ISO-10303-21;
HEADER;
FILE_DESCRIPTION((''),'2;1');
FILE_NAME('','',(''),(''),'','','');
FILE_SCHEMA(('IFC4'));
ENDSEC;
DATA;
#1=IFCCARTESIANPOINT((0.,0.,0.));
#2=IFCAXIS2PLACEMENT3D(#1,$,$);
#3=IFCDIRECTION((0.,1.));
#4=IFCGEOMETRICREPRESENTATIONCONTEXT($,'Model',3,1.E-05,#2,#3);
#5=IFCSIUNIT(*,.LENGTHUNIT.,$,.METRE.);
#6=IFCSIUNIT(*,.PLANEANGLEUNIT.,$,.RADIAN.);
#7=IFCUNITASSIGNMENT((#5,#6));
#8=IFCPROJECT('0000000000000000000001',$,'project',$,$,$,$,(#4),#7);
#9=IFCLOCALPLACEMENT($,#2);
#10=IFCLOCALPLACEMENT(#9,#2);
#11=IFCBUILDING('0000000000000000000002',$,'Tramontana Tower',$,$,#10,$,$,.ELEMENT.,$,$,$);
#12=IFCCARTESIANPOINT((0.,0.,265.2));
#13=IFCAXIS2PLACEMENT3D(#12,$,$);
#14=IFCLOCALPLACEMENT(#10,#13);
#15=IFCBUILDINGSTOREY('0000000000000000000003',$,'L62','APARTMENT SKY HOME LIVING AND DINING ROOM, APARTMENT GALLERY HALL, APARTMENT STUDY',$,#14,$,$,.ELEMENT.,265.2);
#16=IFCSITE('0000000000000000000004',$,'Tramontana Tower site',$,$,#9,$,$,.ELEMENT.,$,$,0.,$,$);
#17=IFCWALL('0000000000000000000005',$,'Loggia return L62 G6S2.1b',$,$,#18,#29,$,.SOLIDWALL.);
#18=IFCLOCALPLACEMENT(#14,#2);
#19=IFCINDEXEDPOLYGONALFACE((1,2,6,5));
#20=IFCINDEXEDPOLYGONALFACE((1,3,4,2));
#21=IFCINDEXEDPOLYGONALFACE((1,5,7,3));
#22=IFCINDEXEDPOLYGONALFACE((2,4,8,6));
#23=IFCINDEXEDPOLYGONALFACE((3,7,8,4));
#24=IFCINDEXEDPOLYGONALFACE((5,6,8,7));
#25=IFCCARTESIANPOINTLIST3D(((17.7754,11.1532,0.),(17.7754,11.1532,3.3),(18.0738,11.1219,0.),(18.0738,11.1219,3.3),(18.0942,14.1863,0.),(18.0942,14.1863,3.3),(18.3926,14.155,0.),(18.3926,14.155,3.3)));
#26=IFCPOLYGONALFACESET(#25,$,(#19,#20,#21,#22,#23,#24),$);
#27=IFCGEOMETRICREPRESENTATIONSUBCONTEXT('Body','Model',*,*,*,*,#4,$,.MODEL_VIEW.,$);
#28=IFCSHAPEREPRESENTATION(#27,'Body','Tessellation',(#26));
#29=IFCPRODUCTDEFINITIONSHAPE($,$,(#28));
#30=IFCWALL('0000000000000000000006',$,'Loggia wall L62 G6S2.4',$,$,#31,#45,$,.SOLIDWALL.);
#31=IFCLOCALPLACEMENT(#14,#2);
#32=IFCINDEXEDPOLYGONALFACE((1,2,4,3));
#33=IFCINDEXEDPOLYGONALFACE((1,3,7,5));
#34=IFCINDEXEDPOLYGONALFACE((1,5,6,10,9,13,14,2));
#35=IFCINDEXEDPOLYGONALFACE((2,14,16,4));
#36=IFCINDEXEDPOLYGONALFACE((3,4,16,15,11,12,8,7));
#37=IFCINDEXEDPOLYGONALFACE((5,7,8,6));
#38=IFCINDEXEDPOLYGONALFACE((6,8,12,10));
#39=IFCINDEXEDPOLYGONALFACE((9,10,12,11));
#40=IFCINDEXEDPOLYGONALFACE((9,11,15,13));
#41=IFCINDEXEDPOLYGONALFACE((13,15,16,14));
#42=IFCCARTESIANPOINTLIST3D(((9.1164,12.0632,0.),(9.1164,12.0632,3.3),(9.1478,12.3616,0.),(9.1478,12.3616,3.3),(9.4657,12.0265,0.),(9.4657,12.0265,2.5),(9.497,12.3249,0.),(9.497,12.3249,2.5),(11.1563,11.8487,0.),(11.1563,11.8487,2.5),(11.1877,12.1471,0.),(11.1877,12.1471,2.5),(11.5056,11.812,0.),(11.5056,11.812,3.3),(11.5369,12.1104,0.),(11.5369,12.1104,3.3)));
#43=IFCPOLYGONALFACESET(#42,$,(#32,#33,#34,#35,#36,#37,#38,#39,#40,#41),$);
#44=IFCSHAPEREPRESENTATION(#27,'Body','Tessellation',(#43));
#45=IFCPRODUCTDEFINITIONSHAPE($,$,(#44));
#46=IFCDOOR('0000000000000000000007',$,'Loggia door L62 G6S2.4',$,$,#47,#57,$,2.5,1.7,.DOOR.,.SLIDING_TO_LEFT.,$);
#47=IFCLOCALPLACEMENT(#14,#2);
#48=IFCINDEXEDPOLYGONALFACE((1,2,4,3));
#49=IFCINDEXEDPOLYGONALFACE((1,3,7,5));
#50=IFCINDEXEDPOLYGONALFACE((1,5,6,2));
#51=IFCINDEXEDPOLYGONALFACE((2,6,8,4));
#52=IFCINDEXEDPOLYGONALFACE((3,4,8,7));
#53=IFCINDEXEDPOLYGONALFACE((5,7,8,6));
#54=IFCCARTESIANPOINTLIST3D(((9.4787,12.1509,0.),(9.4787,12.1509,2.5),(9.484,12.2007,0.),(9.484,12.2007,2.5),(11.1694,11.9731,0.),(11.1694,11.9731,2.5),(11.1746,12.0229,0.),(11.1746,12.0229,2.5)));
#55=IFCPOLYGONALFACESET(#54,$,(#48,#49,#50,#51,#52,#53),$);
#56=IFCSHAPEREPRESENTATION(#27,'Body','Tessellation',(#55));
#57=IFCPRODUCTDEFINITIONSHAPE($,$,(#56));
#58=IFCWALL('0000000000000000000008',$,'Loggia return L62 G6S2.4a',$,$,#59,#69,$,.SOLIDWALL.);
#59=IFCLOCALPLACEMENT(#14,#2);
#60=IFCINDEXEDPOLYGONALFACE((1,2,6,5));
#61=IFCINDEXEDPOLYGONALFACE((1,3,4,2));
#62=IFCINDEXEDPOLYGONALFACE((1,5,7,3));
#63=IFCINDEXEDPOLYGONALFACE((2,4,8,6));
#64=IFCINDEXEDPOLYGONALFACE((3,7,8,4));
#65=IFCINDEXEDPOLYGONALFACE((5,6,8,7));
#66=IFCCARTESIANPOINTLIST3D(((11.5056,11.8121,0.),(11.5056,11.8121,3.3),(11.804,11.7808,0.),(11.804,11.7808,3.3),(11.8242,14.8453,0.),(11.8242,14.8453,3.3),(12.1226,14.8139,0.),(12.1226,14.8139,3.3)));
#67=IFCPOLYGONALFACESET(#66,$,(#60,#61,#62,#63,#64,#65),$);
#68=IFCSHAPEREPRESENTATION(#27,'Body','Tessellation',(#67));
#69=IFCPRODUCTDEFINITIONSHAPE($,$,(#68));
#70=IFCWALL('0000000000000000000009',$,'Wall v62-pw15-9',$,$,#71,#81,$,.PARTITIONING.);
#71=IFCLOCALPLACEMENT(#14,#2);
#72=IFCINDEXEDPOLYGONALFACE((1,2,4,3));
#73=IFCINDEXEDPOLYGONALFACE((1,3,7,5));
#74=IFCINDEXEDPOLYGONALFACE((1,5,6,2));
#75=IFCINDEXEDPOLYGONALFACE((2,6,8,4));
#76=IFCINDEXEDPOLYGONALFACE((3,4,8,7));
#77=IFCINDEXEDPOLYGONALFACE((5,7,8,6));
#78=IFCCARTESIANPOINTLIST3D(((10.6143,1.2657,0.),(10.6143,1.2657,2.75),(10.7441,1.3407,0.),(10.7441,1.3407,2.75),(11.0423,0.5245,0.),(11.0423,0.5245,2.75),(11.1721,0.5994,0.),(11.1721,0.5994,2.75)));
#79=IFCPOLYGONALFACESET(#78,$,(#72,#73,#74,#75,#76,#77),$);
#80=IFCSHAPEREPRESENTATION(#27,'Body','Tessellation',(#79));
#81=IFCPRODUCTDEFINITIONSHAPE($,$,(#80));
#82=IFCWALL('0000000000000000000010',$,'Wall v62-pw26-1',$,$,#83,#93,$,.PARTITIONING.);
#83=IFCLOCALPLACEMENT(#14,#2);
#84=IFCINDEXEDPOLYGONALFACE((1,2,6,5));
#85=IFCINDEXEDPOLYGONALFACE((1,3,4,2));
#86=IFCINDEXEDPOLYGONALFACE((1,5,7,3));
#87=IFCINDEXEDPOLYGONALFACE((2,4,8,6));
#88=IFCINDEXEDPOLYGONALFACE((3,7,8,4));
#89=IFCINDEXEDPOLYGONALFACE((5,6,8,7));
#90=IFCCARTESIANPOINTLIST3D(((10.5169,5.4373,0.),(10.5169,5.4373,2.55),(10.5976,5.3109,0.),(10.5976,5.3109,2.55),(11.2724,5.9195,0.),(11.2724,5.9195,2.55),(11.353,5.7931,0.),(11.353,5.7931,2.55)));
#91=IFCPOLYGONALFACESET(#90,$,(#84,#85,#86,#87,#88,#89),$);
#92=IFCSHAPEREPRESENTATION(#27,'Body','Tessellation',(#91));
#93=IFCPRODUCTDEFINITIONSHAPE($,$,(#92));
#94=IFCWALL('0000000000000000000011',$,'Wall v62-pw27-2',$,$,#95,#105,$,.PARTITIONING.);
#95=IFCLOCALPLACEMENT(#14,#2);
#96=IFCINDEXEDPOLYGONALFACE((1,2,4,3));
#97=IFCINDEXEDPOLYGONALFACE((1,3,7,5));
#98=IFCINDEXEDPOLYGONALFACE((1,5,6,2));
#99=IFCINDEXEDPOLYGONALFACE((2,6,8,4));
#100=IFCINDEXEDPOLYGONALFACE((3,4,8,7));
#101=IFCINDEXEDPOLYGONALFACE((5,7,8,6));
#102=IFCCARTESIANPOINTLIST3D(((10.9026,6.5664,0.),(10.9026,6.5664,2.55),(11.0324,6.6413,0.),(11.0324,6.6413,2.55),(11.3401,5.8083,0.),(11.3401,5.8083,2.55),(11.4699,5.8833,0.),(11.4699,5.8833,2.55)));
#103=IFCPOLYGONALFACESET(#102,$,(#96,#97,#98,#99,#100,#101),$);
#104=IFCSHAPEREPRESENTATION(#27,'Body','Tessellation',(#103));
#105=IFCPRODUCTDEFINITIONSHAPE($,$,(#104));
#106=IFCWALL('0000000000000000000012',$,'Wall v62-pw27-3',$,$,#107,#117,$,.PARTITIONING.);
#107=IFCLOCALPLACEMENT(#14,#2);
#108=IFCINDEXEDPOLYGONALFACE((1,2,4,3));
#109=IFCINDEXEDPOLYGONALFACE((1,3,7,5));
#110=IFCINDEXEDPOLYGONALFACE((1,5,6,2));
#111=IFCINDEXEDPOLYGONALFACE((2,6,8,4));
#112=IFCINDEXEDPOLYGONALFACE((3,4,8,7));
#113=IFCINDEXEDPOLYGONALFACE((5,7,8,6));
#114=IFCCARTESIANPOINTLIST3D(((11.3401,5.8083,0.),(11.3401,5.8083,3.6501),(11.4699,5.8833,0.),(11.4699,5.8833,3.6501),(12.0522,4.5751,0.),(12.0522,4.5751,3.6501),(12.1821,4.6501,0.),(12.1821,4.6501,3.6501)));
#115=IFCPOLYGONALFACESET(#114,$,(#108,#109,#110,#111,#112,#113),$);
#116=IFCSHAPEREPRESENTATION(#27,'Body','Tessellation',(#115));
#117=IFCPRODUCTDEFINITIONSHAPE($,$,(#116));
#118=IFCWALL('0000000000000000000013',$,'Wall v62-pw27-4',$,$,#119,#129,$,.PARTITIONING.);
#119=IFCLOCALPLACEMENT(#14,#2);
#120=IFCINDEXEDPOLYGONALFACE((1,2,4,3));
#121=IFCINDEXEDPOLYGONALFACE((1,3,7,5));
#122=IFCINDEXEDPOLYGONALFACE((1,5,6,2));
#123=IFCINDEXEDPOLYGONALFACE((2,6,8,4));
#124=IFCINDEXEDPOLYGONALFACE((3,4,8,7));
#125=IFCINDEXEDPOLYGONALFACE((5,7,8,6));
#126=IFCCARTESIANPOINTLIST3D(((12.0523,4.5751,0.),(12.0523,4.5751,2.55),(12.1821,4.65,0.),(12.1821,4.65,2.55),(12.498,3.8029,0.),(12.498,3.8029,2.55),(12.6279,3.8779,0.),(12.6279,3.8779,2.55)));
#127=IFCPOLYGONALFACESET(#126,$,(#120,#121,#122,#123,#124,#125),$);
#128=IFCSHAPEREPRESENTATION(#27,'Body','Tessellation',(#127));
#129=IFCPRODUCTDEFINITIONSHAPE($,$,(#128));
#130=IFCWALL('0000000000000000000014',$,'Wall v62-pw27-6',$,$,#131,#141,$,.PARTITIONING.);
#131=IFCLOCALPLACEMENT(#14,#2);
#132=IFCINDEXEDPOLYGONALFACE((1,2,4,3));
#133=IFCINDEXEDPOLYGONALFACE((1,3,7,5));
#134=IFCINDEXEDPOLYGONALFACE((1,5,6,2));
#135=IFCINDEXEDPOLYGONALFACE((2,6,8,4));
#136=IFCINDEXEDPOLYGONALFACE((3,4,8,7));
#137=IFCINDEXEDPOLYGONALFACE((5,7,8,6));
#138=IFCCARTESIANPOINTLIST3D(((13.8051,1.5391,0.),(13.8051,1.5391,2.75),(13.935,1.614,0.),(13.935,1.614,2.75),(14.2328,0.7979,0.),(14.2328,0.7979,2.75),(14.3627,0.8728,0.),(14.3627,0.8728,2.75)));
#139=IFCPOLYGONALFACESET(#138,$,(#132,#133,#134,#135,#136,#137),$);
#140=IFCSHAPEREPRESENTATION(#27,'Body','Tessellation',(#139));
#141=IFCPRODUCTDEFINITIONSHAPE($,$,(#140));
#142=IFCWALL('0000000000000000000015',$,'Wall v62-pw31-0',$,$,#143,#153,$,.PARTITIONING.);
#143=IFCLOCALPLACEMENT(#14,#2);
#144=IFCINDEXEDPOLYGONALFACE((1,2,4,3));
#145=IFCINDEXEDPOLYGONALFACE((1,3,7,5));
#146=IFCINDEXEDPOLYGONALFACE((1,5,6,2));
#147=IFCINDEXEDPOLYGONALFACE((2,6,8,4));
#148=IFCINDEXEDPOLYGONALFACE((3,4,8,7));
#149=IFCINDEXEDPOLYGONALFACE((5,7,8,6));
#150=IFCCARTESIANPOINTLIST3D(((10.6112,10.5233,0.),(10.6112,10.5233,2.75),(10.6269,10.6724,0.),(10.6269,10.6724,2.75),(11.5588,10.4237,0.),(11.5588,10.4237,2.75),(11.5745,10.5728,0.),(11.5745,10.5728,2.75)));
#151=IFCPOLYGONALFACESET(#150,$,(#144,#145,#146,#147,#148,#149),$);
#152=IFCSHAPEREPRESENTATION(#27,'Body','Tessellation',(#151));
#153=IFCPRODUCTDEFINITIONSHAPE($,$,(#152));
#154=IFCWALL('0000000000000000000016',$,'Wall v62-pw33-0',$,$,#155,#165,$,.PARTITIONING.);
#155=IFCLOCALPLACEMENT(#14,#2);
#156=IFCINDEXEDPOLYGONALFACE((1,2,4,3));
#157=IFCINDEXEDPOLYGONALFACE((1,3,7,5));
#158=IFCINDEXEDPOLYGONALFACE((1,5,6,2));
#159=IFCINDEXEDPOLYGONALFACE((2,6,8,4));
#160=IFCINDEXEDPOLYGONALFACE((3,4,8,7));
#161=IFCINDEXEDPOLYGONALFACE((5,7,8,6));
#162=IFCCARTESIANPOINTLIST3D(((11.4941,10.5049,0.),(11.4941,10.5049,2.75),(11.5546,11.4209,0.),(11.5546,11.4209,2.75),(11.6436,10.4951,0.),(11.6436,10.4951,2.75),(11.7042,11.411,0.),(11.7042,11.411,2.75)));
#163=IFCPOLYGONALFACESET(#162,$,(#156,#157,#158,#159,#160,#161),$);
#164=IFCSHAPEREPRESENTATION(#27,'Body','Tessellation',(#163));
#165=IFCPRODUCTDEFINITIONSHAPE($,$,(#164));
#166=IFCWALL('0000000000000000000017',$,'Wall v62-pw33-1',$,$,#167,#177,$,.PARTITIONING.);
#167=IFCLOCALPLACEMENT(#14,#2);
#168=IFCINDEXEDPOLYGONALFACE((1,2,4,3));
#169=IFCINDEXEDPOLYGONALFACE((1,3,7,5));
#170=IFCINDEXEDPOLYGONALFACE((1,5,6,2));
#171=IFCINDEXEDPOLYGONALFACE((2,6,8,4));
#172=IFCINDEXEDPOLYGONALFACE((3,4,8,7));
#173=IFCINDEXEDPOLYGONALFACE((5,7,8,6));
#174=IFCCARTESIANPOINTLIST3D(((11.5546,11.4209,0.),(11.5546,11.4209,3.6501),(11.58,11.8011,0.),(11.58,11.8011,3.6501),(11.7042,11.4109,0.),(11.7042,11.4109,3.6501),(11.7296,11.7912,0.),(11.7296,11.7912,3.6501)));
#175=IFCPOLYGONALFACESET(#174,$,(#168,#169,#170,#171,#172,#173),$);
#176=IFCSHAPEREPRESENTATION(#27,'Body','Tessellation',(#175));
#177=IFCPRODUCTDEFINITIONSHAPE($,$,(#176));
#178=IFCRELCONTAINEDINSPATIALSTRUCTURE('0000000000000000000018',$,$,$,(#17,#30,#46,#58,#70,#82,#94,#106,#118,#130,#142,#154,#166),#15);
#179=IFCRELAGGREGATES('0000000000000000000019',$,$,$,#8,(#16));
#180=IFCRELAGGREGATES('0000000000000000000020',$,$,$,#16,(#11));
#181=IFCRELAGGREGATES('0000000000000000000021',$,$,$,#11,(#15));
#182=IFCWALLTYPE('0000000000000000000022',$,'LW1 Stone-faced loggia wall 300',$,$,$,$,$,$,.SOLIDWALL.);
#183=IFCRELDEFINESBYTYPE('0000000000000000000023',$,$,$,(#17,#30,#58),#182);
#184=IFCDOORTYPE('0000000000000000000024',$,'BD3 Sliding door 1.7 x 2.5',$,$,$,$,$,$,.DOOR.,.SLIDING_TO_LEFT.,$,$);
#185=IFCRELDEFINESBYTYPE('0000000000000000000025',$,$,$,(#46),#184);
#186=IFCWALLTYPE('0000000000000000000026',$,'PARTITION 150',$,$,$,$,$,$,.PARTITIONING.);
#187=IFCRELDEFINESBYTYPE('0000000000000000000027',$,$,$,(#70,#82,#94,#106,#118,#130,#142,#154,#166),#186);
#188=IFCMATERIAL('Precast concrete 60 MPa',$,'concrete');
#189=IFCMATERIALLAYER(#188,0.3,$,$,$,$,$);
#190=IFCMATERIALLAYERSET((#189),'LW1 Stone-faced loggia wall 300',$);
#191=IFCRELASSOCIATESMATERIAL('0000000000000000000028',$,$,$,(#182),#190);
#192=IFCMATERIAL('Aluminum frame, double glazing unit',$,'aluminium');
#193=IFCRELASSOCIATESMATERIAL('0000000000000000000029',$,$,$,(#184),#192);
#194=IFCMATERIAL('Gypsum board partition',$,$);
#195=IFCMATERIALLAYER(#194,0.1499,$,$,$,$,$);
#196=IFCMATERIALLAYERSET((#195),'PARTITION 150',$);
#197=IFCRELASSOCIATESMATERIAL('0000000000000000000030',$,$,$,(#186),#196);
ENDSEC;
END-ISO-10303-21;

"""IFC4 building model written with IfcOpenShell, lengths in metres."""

from ifc_helpers import new_model, si_unit, direction, frame, frame_2d, origin, place, context, subcontext, project, spatial, rectangle, extrude, material, layer, layer_set, type_object, element, fill, save


model = new_model("IFC4")

# Units and contexts
model_context = context("Model", 3, precision=1e-05, world=origin(), true_north=direction((0.0, 1.0)))
body_context = subcontext(model_context, "Body", "Model", "MODEL_VIEW")
ifc_project = project(units=[si_unit("LENGTHUNIT", "METRE"), si_unit("PLANEANGLEUNIT", "RADIAN")], contexts=[model_context])

# Site, building, storey
site_placement = place(None, origin())
site = spatial("IfcSite", under=ifc_project, at=site_placement, Name="Tramontana Tower site", CompositionType="ELEMENT", RefElevation=0.0)
building_placement = place(site_placement, origin())
building = spatial("IfcBuilding", under=site, at=building_placement, Name="Tramontana Tower", CompositionType="ELEMENT")
storey_placement = place(building_placement, frame((0.0, 0.0, 265.2)))
storey = spatial("IfcBuildingStorey", under=building, at=storey_placement, Name="L62", Description="APARTMENT SKY HOME LIVING AND DINING ROOM, APARTMENT GALLERY HALL, APARTMENT STUDY", CompositionType="ELEMENT", Elevation=265.2)

# Shared definitions
ifc_material_1 = material(Name="Precast concrete 60 MPa", Category="concrete")
ifc_layer_1 = layer(ifc_material_1, 0.3)
ifc_layer_set_1 = layer_set([ifc_layer_1], Name="LW1 Stone-faced loggia wall 300")
wall_type_1 = type_object("IfcWallType", Name="LW1 Stone-faced loggia wall 300", PredefinedType="SOLIDWALL", material=ifc_layer_set_1)
ifc_material_2 = material(Name="Aluminum frame, double glazing unit", Category="aluminium")
door_type_1 = type_object("IfcDoorType", Name="BD3 Sliding door 1.7 x 2.5", OperationType="SLIDING_TO_LEFT", PredefinedType="DOOR", material=ifc_material_2)

# Wall
wall_1_placement = place(storey_placement, frame((18.2434, 14.1707, 0.0), z_axis=(0.0, 0.0, 1.0), x_axis=(-0.104543, -0.99452, 0.0)))
element("IfcWall", 1, at=wall_1_placement, inside=storey, type_object=wall_type_1, Name="Loggia return L62 G6S2.1b", PredefinedType="SOLIDWALL", context=body_context, shape_type="SweptSolid", body=[
    extrude(rectangle(XDim=3.0498, YDim=0.3, at=frame_2d((1.5249, 0.0))), origin(), (0.0, 0.0, 1.0), 3.3),
])

# Wall, opening, door
wall_2_placement = place(storey_placement, frame((11.5212, 11.9612, 0.0), z_axis=(0.0, 0.0, 1.0), x_axis=(-0.994517, 0.104574, 0.0)))
wall_2 = element("IfcWall", 2, at=wall_2_placement, inside=storey, type_object=wall_type_1, Name="Loggia wall L62 G6S2.4", PredefinedType="SOLIDWALL", context=body_context, shape_type="SweptSolid", body=[
    extrude(rectangle(XDim=2.4023, YDim=0.3, at=frame_2d((1.2012, 0.0))), origin(), (0.0, 0.0, 1.0), 3.3),
])
opening_1_placement = place(wall_2_placement, frame((0.3511, 0.0, 0.0)))
opening_1 = element("IfcOpeningElement", 3, at=opening_1_placement, cuts=wall_2, PredefinedType="OPENING", context=body_context, shape_type="SweptSolid", body=[
    extrude(rectangle(XDim=1.7, YDim=2.5, at=frame_2d((0.8501, 1.25))), frame((0.0, 0.1599, 0.0), z_axis=(0.0, -1.0, 0.0), x_axis=(1.0, 0.0, 0.0)), (0.0, 0.0, 1.0), 0.3201),
])
door_1_placement = place(opening_1_placement, origin())
door_1 = element("IfcDoor", 4, at=door_1_placement, inside=storey, type_object=door_type_1, Name="Loggia door L62 G6S2.4", OperationType="SLIDING_TO_LEFT", OverallHeight=2.5, OverallWidth=1.7, PredefinedType="DOOR", context=body_context, shape_type="SweptSolid", body=[
    extrude(rectangle(XDim=1.7, YDim=2.5, at=frame_2d((0.8501, 1.25))), frame((0.0, 0.0249, 0.0), z_axis=(0.0, -1.0, 0.0), x_axis=(1.0, 0.0, 0.0)), (0.0, 0.0, 1.0), 0.05),
])
fill(opening_1, door_1)

# Walls
wall_3_placement = place(storey_placement, frame((11.9734, 14.8296, 0.0), z_axis=(0.0, 0.0, 1.0), x_axis=(-0.104464, -0.994529, 0.0)))
element("IfcWall", 5, at=wall_3_placement, inside=storey, type_object=wall_type_1, Name="Loggia return L62 G6S2.4a", PredefinedType="SOLIDWALL", context=body_context, shape_type="SweptSolid", body=[
    extrude(rectangle(XDim=3.0498, YDim=0.3, at=frame_2d((1.5249, 0.0))), origin(), (0.0, 0.0, 1.0), 3.3),
])
ifc_material_3 = material(Name="Gypsum board partition")
ifc_layer_2 = layer(ifc_material_3, 0.1499)
ifc_layer_set_2 = layer_set([ifc_layer_2], Name="PARTITION 150")
wall_type_2 = type_object("IfcWallType", Name="PARTITION 150", PredefinedType="PARTITIONING", material=ifc_layer_set_2)
wall_4_placement = place(storey_placement, frame((10.6792, 1.3032, 0.0), z_axis=(0.0, 0.0, 1.0), x_axis=(0.500035, -0.866005, 0.0)))
element("IfcWall", 6, at=wall_4_placement, inside=storey, type_object=wall_type_2, Name="Wall v62-pw15-9", PredefinedType="PARTITIONING", context=body_context, shape_type="SweptSolid", body=[
    extrude(rectangle(XDim=0.856, YDim=0.1499, at=frame_2d((0.428, 0.0))), origin(), (0.0, 0.0, 1.0), 2.75),
])
wall_5_placement = place(storey_placement, frame((10.5571, 5.374, 0.0), z_axis=(0.0, 0.0, 1.0), x_axis=(0.842909, 0.538056, 0.0)))
element("IfcWall", 7, at=wall_5_placement, inside=storey, type_object=wall_type_2, Name="Wall v62-pw26-1", PredefinedType="PARTITIONING", context=body_context, shape_type="SweptSolid", body=[
    extrude(rectangle(XDim=0.8962, YDim=0.1499, at=frame_2d((0.4482, 0.0))), origin(), (0.0, 0.0, 1.0), 2.55),
])
wall_6_placement = place(storey_placement, frame((10.9675, 6.6038, 0.0), z_axis=(0.0, 0.0, 1.0), x_axis=(0.499859, -0.866107, 0.0)))
element("IfcWall", 8, at=wall_6_placement, inside=storey, type_object=wall_type_2, Name="Wall v62-pw27-2", PredefinedType="PARTITIONING", context=body_context, shape_type="SweptSolid", body=[
    extrude(rectangle(XDim=0.8752, YDim=0.1499, at=frame_2d((0.4375, 0.0))), origin(), (0.0, 0.0, 1.0), 2.55),
])
wall_7_placement = place(storey_placement, frame((11.405, 5.8457, 0.0), z_axis=(0.0, 0.0, 1.0), x_axis=(0.500103, -0.865966, 0.0)))
element("IfcWall", 9, at=wall_7_placement, inside=storey, type_object=wall_type_2, Name="Wall v62-pw27-3", PredefinedType="PARTITIONING", context=body_context, shape_type="SweptSolid", body=[
    extrude(rectangle(XDim=1.4241, YDim=0.1499, at=frame_2d((0.7119, 0.0))), origin(), (0.0, 0.0, 1.0), 3.6501),
])
wall_8_placement = place(storey_placement, frame((12.1172, 4.6125, 0.0), z_axis=(0.0, 0.0, 1.0), x_axis=(0.499967, -0.866044, 0.0)))
element("IfcWall", 10, at=wall_8_placement, inside=storey, type_object=wall_type_2, Name="Wall v62-pw27-4", PredefinedType="PARTITIONING", context=body_context, shape_type="SweptSolid", body=[
    extrude(rectangle(XDim=0.8916, YDim=0.1499, at=frame_2d((0.4458, 0.0))), origin(), (0.0, 0.0, 1.0), 2.55),
])

# Walls
wall_9_placement = place(storey_placement, frame((13.8701, 1.5764, 0.0), z_axis=(0.0, 0.0, 1.0), x_axis=(0.499821, -0.866129, 0.0)))
element("IfcWall", 11, at=wall_9_placement, inside=storey, type_object=wall_type_2, Name="Wall v62-pw27-6", PredefinedType="PARTITIONING", context=body_context, shape_type="SweptSolid", body=[
    extrude(rectangle(XDim=0.8557, YDim=0.1499, at=frame_2d((0.4277, 0.0))), origin(), (0.0, 0.0, 1.0), 2.75),
])
wall_10_placement = place(storey_placement, frame((10.6189, 10.5979, 0.0), z_axis=(0.0, 0.0, 1.0), x_axis=(0.994522, -0.104525, 0.0)))
element("IfcWall", 12, at=wall_10_placement, inside=storey, type_object=wall_type_2, Name="Wall v62-pw31-0", PredefinedType="PARTITIONING", context=body_context, shape_type="SweptSolid", body=[
    extrude(rectangle(XDim=0.9529, YDim=0.1499, at=frame_2d((0.4766, 0.0))), origin(), (0.0, 0.0, 1.0), 2.75),
])
wall_11_placement = place(storey_placement, frame((11.5688, 10.5, 0.0), z_axis=(0.0, 0.0, 1.0), x_axis=(0.065954, 0.997823, 0.0)))
element("IfcWall", 13, at=wall_11_placement, inside=storey, type_object=wall_type_2, Name="Wall v62-pw33-0", PredefinedType="PARTITIONING", context=body_context, shape_type="SweptSolid", body=[
    extrude(rectangle(XDim=0.918, YDim=0.1499, at=frame_2d((0.459, 0.0))), origin(), (0.0, 0.0, 1.0), 2.75),
])
wall_12_placement = place(storey_placement, frame((11.6294, 11.416, 0.0), z_axis=(0.0, 0.0, 1.0), x_axis=(0.066604, 0.997779, 0.0)))
element("IfcWall", 14, at=wall_12_placement, inside=storey, type_object=wall_type_2, Name="Wall v62-pw33-1", PredefinedType="PARTITIONING", context=body_context, shape_type="SweptSolid", body=[
    extrude(rectangle(XDim=0.3811, YDim=0.1499, at=frame_2d((0.1904, 0.0))), origin(), (0.0, 0.0, 1.0), 3.6501),
])

save(model, "model.ifc")
